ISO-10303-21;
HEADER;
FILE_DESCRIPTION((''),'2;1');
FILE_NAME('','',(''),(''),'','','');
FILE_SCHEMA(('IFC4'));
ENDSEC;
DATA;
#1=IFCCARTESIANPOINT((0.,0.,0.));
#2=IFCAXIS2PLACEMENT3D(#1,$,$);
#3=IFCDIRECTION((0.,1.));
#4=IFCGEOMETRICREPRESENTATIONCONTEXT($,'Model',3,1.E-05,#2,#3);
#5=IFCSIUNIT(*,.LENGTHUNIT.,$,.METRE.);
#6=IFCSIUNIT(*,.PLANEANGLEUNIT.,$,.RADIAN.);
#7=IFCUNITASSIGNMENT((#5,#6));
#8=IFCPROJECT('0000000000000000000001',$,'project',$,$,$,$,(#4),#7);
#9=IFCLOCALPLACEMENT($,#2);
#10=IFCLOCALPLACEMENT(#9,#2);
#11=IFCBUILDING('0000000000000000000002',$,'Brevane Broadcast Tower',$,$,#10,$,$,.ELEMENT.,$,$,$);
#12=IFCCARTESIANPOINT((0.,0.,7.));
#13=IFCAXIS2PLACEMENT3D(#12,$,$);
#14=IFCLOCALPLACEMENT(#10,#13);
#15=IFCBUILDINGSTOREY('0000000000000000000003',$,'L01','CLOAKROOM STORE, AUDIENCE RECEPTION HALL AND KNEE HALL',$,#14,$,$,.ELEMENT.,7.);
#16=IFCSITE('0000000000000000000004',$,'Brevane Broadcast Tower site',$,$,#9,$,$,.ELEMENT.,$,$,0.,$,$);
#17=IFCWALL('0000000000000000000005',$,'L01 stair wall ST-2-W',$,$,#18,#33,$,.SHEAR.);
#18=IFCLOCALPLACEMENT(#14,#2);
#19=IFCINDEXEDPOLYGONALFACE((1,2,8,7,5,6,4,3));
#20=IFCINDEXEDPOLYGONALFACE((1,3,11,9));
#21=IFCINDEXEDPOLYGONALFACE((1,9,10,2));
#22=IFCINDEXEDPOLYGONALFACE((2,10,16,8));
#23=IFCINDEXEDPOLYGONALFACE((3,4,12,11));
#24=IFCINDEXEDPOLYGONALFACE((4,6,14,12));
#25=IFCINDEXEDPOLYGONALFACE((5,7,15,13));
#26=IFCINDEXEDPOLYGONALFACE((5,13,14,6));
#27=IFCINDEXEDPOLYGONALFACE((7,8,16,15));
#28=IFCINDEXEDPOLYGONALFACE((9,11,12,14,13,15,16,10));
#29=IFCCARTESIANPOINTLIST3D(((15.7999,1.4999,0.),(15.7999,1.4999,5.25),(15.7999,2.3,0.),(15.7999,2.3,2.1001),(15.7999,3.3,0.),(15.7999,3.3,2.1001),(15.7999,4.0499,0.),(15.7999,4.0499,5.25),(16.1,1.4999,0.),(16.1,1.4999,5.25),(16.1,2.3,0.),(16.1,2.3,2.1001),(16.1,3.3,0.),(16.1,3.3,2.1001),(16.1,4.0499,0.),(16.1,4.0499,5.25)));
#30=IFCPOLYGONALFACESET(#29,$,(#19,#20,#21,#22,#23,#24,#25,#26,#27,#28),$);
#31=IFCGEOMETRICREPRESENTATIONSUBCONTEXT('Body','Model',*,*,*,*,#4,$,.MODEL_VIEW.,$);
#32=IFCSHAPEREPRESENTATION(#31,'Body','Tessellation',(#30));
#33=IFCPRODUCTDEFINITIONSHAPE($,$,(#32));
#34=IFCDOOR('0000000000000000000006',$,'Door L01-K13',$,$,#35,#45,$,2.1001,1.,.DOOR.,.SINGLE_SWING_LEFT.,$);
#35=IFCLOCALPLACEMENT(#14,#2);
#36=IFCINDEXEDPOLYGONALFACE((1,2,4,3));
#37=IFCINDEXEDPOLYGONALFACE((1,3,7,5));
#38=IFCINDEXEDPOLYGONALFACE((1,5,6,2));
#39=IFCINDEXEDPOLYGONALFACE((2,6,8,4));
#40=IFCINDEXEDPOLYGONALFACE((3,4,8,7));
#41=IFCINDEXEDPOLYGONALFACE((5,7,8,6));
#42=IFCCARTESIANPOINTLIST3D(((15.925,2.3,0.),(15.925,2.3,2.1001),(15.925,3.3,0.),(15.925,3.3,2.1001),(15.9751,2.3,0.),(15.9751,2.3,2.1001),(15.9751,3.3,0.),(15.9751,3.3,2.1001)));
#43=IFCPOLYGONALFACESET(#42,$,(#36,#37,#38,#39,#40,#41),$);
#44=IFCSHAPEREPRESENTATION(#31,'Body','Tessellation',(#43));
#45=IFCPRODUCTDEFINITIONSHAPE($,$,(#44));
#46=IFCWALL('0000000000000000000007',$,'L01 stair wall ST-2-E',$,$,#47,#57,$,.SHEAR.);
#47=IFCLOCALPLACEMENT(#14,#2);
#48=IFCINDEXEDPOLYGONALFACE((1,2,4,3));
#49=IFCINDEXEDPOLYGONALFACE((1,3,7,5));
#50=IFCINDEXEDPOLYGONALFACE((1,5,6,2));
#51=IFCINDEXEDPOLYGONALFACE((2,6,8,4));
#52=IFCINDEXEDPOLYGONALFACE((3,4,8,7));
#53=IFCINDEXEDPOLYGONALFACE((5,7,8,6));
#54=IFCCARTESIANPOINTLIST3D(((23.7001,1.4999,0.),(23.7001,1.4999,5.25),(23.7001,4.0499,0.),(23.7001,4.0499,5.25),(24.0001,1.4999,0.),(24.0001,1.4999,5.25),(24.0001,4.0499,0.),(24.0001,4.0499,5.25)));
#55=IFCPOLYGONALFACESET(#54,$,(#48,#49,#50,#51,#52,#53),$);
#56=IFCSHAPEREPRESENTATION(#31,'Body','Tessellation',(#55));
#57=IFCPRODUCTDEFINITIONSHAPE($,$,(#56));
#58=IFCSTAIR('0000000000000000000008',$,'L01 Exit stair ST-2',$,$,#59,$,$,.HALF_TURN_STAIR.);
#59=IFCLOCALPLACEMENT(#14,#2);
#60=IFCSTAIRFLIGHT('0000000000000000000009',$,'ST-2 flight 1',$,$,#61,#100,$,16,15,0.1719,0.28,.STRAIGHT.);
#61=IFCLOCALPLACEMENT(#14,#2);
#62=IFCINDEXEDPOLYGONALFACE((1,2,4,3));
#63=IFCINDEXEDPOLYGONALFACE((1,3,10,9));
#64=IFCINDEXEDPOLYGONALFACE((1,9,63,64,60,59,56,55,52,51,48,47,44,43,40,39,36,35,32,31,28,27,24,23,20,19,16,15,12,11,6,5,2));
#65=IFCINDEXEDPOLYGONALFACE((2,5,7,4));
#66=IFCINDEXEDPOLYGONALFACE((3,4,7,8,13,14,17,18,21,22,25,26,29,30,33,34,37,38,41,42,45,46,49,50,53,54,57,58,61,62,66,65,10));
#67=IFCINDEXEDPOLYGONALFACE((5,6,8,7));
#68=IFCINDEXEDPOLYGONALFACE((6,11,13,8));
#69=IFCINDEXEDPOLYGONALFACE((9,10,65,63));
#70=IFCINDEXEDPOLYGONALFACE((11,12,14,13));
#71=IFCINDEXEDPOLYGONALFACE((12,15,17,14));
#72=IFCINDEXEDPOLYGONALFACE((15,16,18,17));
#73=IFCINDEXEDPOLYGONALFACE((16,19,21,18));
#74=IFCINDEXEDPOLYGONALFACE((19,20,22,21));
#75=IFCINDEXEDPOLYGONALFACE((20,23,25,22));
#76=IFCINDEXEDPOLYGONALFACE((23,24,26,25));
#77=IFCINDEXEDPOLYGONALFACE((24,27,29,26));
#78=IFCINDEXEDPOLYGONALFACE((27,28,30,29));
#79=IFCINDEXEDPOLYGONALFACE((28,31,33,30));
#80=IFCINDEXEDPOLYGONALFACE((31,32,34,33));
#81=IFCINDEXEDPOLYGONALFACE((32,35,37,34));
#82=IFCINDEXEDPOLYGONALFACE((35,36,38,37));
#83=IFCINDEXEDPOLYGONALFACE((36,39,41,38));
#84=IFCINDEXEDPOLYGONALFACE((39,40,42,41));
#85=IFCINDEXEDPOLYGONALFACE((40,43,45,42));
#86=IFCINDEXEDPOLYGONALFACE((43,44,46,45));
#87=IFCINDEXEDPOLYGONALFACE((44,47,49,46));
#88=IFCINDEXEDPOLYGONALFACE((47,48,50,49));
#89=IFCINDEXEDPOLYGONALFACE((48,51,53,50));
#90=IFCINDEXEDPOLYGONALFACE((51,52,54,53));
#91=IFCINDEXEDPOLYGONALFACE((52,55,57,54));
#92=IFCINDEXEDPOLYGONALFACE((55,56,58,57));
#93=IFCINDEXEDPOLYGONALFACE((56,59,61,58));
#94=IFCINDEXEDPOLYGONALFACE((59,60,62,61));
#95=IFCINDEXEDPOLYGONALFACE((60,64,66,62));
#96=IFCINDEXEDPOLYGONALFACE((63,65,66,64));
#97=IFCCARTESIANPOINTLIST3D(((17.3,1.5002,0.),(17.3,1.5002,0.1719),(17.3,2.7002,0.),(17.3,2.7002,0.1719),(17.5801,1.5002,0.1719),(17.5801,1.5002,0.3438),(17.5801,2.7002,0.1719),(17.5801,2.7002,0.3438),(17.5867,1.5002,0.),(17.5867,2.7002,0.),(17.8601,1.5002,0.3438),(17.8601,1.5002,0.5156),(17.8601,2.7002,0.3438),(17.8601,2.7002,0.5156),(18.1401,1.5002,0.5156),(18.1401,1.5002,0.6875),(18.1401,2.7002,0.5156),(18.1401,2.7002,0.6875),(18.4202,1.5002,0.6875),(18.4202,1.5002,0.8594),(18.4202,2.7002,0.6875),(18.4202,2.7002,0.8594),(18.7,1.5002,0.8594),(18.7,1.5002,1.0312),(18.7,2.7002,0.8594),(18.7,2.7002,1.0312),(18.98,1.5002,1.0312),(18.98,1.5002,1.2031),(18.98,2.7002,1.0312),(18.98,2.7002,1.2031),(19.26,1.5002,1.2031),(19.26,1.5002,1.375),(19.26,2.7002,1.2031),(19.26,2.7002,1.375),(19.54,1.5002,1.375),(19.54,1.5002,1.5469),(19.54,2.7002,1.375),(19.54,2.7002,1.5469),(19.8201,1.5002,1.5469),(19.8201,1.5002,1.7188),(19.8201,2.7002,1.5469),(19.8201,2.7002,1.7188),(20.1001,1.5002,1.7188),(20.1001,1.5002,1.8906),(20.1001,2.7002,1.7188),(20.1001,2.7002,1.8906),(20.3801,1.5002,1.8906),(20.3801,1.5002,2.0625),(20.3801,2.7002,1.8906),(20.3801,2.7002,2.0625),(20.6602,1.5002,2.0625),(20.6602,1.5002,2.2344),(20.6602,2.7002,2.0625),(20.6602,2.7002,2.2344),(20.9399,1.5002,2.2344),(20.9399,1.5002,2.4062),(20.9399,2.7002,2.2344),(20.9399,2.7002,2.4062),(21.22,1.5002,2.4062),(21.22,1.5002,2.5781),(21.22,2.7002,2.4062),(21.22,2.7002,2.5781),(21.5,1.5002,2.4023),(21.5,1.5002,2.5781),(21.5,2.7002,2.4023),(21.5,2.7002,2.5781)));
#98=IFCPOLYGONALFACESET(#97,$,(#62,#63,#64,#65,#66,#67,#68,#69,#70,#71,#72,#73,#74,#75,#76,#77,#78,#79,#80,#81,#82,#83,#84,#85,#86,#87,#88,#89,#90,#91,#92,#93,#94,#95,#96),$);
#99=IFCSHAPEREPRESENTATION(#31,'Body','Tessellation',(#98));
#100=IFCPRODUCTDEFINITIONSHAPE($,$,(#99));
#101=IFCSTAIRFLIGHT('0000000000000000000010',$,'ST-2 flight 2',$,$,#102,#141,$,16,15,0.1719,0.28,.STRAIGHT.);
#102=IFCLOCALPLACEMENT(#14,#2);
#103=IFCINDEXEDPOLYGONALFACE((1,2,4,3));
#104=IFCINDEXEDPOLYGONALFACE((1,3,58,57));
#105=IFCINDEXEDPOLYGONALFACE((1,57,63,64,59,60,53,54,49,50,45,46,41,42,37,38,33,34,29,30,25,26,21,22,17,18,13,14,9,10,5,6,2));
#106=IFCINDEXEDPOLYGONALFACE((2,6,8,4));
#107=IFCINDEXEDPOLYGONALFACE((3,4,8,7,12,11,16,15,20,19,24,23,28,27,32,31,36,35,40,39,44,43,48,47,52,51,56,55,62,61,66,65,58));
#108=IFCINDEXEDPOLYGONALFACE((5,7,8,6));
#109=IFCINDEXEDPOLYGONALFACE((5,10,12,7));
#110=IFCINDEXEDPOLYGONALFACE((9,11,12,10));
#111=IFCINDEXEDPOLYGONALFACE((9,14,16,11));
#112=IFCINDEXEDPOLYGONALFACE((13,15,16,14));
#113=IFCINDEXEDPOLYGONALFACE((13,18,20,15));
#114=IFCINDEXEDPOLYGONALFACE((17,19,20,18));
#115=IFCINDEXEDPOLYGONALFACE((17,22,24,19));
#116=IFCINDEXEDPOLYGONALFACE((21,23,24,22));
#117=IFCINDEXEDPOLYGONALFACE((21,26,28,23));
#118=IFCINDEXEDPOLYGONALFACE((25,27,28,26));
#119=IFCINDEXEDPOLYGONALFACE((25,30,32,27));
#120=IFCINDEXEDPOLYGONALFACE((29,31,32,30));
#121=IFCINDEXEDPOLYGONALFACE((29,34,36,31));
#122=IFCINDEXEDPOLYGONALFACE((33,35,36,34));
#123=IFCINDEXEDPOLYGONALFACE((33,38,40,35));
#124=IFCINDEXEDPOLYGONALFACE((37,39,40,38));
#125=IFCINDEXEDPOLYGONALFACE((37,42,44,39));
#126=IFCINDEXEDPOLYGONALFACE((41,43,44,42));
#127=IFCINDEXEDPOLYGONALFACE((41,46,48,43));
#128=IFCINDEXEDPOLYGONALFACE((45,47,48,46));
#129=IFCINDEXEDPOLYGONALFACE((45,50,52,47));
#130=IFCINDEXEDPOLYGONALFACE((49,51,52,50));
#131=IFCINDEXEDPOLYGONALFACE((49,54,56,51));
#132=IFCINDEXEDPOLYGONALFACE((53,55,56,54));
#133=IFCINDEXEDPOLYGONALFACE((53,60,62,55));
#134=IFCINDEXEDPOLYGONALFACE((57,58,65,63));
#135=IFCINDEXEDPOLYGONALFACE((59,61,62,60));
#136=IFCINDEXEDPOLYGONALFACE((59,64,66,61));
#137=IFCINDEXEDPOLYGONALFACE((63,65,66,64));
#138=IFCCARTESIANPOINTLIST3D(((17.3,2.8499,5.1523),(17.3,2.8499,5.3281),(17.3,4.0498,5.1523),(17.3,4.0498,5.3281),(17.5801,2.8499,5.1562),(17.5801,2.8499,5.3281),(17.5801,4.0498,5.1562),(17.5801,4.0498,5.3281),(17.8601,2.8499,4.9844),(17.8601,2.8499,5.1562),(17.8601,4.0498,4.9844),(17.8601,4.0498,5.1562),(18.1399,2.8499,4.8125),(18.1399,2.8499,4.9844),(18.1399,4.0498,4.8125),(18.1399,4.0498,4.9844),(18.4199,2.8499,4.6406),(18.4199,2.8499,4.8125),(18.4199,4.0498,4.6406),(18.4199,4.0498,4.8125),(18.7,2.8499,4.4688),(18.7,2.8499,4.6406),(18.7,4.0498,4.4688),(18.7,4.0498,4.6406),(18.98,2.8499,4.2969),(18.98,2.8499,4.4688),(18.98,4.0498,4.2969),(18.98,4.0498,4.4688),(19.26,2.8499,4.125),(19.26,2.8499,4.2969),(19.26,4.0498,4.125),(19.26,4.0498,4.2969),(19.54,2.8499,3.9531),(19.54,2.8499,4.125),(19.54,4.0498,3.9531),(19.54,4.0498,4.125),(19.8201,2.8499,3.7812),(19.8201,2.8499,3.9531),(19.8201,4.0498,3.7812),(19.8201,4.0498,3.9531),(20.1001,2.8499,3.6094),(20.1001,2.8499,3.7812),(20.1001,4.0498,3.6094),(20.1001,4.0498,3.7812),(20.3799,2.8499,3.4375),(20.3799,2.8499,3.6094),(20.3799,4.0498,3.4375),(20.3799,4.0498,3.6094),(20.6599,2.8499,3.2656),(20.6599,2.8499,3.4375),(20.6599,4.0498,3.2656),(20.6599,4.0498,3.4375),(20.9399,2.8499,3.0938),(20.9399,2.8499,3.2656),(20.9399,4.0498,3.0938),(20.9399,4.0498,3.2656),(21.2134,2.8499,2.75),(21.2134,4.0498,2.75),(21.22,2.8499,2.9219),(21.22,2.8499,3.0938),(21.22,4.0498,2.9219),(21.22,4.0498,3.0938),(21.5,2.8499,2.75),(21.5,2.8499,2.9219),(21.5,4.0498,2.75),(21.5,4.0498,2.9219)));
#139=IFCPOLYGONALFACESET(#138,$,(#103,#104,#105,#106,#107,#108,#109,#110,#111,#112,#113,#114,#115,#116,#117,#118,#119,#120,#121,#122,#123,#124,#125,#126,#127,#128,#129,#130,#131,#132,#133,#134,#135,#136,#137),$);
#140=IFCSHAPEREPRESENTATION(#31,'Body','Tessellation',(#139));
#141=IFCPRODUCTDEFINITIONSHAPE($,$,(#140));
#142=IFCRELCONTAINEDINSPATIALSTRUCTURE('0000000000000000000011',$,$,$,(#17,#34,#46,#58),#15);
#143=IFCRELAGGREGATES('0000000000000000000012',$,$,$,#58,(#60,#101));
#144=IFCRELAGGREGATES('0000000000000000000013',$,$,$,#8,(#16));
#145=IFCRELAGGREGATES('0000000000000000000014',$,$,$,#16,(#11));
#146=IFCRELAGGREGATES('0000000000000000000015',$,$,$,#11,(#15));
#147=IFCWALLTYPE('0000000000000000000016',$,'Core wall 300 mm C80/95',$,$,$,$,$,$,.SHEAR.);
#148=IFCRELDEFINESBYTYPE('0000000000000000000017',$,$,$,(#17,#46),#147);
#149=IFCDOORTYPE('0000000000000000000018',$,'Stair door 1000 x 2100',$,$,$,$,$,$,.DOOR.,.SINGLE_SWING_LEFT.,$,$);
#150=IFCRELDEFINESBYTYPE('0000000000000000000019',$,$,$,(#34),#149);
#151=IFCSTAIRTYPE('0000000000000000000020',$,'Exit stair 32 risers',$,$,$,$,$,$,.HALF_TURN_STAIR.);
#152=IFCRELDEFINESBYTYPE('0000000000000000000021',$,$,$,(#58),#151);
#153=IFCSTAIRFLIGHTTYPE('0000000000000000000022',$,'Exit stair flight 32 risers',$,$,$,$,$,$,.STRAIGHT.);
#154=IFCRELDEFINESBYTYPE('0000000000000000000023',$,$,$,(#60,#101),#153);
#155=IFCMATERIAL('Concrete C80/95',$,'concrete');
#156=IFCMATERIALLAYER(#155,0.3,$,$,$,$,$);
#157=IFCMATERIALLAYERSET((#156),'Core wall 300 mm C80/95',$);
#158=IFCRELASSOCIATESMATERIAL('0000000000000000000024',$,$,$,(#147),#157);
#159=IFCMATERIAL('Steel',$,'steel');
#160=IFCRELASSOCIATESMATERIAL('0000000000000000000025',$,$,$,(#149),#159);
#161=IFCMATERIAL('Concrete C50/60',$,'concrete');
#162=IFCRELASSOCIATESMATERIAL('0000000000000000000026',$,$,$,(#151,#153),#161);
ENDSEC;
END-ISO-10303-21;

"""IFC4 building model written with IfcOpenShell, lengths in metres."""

from ifc_helpers import new_model, si_unit, direction, frame, frame_2d, origin, place, context, subcontext, project, spatial, polyline, rectangle, outline, extrude, material, layer, layer_set, type_object, element, fill, aggregate, save


model = new_model("IFC4")

# Units and contexts
model_context = context("Model", 3, precision=1e-05, world=origin(), true_north=direction((0.0, 1.0)))
body_context = subcontext(model_context, "Body", "Model", "MODEL_VIEW")
ifc_project = project(units=[si_unit("LENGTHUNIT", "METRE"), si_unit("PLANEANGLEUNIT", "RADIAN")], contexts=[model_context])

# Site, building, storey
site_placement = place(None, origin())
site = spatial("IfcSite", under=ifc_project, at=site_placement, Name="Brevane Broadcast Tower site", CompositionType="ELEMENT", RefElevation=0.0)
building_placement = place(site_placement, origin())
building = spatial("IfcBuilding", under=site, at=building_placement, Name="Brevane Broadcast Tower", CompositionType="ELEMENT")
storey_placement = place(building_placement, frame((0.0, 0.0, 7.0)))
storey = spatial("IfcBuildingStorey", under=building, at=storey_placement, Name="L01", Description="CLOAKROOM STORE, AUDIENCE RECEPTION HALL AND KNEE HALL", CompositionType="ELEMENT", Elevation=7.0)

# Shared definitions
ifc_material_1 = material(Name="Steel", Category="steel")

# Shared definitions
ifc_material_2 = material(Name="Concrete C80/95", Category="concrete")
ifc_layer_1 = layer(ifc_material_2, 0.3)
ifc_layer_set_1 = layer_set([ifc_layer_1], Name="Core wall 300 mm C80/95")
wall_type_1 = type_object("IfcWallType", Name="Core wall 300 mm C80/95", PredefinedType="SHEAR", material=ifc_layer_set_1)

# Wall, opening, door
door_type_1 = type_object("IfcDoorType", Name="Stair door 1000 x 2100", OperationType="SINGLE_SWING_LEFT", PredefinedType="DOOR", material=ifc_material_1)
wall_1_placement = place(storey_placement, frame((15.95, 1.5, 0.0), z_axis=(0.0, 0.0, 1.0), x_axis=(0.0, 1.0, 0.0)))
wall_1 = element("IfcWall", 1, at=wall_1_placement, inside=storey, type_object=wall_type_1, Name="L01 stair wall ST-2-W", PredefinedType="SHEAR", context=body_context, shape_type="SweptSolid", body=[
    extrude(rectangle(XDim=2.55, YDim=0.3, at=frame_2d((1.2749, 0.0))), origin(), (0.0, 0.0, 1.0), 5.25),
])
opening_1_placement = place(wall_1_placement, frame((0.8, 0.0, 0.0)))
opening_1 = element("IfcOpeningElement", 2, at=opening_1_placement, cuts=wall_1, PredefinedType="OPENING", context=body_context, shape_type="SweptSolid", body=[
    extrude(rectangle(XDim=1.0, YDim=2.1001, at=frame_2d((0.5, 1.05))), frame((0.0, 0.1599, 0.0), z_axis=(0.0, -1.0, 0.0), x_axis=(1.0, 0.0, 0.0)), (0.0, 0.0, 1.0), 0.3201),
])
door_1_placement = place(opening_1_placement, origin())
door_1 = element("IfcDoor", 3, at=door_1_placement, inside=storey, type_object=door_type_1, Name="Door L01-K13", OperationType="SINGLE_SWING_LEFT", OverallHeight=2.1001, OverallWidth=1.0, PredefinedType="DOOR", context=body_context, shape_type="SweptSolid", body=[
    extrude(rectangle(XDim=1.0, YDim=2.1001, at=frame_2d((0.5, 1.05))), frame((0.0, 0.0249, 0.0), z_axis=(0.0, -1.0, 0.0), x_axis=(1.0, 0.0, 0.0)), (0.0, 0.0, 1.0), 0.05),
])
fill(opening_1, door_1)

# Wall
wall_2_placement = place(storey_placement, frame((23.8501, 1.5, 0.0), z_axis=(0.0, 0.0, 1.0), x_axis=(0.0, 1.0, 0.0)))
element("IfcWall", 4, at=wall_2_placement, inside=storey, type_object=wall_type_1, Name="L01 stair wall ST-2-E", PredefinedType="SHEAR", context=body_context, shape_type="SweptSolid", body=[
    extrude(rectangle(XDim=2.55, YDim=0.3, at=frame_2d((1.2749, 0.0))), origin(), (0.0, 0.0, 1.0), 5.25),
])

# Stair, stair flights
ifc_material_3 = material(Name="Concrete C50/60", Category="concrete")
stair_type = type_object("IfcStairType", Name="Exit stair 32 risers", PredefinedType="HALF_TURN_STAIR", material=ifc_material_3)
stair_placement = place(storey_placement, origin())
stair = element("IfcStair", 5, at=stair_placement, inside=storey, type_object=stair_type, Name="L01 Exit stair ST-2", PredefinedType="HALF_TURN_STAIR")
stair_flight_type = type_object("IfcStairFlightType", Name="Exit stair flight 32 risers", PredefinedType="STRAIGHT", material=ifc_material_3)
stair_flight_1_placement = place(storey_placement, frame((17.3, 2.1001, 0.0), z_axis=(0.0, 0.0, 1.0), x_axis=(1.0, 0.0, 0.0)))
stair_flight_1 = element("IfcStairFlight", 6, at=stair_flight_1_placement, type_object=stair_flight_type, Name="ST-2 flight 1", NumberOfRisers=16, NumberOfTreads=15, PredefinedType="STRAIGHT", RiserHeight=0.1719, TreadLength=0.28, context=body_context, shape_type="SweptSolid", body=[
    extrude(outline(polyline([(0.0, 0.0), (0.0, 0.1719), (0.28, 0.1719), (0.28, 0.3438), (0.5601, 0.3438), (0.5601, 0.5156), (0.8401, 0.5156), (0.8401, 0.6875), (1.1201, 0.6875), (1.1201, 0.8594), (1.3999, 0.8594), (1.3999, 1.0312), (1.6799, 1.0312), (1.6799, 1.2031), (1.96, 1.2031), (1.96, 1.375), (2.24, 1.375), (2.24, 1.5469), (2.52, 1.5469), (2.52, 1.7188), (2.8, 1.7188), (2.8, 1.8906), (3.0801, 1.8906), (3.0801, 2.0625), (3.3601, 2.0625), (3.3601, 2.2344), (3.6399, 2.2344), (3.6399, 2.4062), (3.9199, 2.4062), (3.9199, 2.5781), (4.2, 2.5781), (4.2, 2.75), (4.2, 2.4023), (0.2866, 0.0), (0.0, 0.0)])), frame((0.0, 0.6001, 0.0), z_axis=(0.0, -1.0, 0.0), x_axis=(1.0, 0.0, 0.0)), (0.0, 0.0, 1.0), 1.2),
])
stair_flight_2_placement = place(storey_placement, frame((21.5, 3.45, 2.75), z_axis=(0.0, 0.0, 1.0), x_axis=(-1.0, 0.0, 0.0)))
stair_flight_2 = element("IfcStairFlight", 7, at=stair_flight_2_placement, type_object=stair_flight_type, Name="ST-2 flight 2", NumberOfRisers=16, NumberOfTreads=15, PredefinedType="STRAIGHT", RiserHeight=0.1719, TreadLength=0.28, context=body_context, shape_type="SweptSolid", body=[
    extrude(outline(polyline([(0.0, 0.0), (0.0, 0.1719), (0.28, 0.1719), (0.28, 0.3438), (0.5601, 0.3438), (0.5601, 0.5156), (0.8401, 0.5156), (0.8401, 0.6875), (1.1201, 0.6875), (1.1201, 0.8594), (1.3999, 0.8594), (1.3999, 1.0312), (1.6799, 1.0312), (1.6799, 1.2031), (1.96, 1.2031), (1.96, 1.375), (2.24, 1.375), (2.24, 1.5469), (2.52, 1.5469), (2.52, 1.7188), (2.8, 1.7188), (2.8, 1.8906), (3.0801, 1.8906), (3.0801, 2.0625), (3.3601, 2.0625), (3.3601, 2.2344), (3.6399, 2.2344), (3.6399, 2.4062), (3.9199, 2.4062), (3.9199, 2.5781), (4.2, 2.5781), (4.2, 2.75), (4.2, 2.4023), (0.2866, 0.0), (0.0, 0.0)])), frame((0.0, 0.6001, 0.0), z_axis=(0.0, -1.0, 0.0), x_axis=(1.0, 0.0, 0.0)), (0.0, 0.0, 1.0), 1.2),
])
aggregate(stair, [stair_flight_1, stair_flight_2])

save(model, "model.ifc")
